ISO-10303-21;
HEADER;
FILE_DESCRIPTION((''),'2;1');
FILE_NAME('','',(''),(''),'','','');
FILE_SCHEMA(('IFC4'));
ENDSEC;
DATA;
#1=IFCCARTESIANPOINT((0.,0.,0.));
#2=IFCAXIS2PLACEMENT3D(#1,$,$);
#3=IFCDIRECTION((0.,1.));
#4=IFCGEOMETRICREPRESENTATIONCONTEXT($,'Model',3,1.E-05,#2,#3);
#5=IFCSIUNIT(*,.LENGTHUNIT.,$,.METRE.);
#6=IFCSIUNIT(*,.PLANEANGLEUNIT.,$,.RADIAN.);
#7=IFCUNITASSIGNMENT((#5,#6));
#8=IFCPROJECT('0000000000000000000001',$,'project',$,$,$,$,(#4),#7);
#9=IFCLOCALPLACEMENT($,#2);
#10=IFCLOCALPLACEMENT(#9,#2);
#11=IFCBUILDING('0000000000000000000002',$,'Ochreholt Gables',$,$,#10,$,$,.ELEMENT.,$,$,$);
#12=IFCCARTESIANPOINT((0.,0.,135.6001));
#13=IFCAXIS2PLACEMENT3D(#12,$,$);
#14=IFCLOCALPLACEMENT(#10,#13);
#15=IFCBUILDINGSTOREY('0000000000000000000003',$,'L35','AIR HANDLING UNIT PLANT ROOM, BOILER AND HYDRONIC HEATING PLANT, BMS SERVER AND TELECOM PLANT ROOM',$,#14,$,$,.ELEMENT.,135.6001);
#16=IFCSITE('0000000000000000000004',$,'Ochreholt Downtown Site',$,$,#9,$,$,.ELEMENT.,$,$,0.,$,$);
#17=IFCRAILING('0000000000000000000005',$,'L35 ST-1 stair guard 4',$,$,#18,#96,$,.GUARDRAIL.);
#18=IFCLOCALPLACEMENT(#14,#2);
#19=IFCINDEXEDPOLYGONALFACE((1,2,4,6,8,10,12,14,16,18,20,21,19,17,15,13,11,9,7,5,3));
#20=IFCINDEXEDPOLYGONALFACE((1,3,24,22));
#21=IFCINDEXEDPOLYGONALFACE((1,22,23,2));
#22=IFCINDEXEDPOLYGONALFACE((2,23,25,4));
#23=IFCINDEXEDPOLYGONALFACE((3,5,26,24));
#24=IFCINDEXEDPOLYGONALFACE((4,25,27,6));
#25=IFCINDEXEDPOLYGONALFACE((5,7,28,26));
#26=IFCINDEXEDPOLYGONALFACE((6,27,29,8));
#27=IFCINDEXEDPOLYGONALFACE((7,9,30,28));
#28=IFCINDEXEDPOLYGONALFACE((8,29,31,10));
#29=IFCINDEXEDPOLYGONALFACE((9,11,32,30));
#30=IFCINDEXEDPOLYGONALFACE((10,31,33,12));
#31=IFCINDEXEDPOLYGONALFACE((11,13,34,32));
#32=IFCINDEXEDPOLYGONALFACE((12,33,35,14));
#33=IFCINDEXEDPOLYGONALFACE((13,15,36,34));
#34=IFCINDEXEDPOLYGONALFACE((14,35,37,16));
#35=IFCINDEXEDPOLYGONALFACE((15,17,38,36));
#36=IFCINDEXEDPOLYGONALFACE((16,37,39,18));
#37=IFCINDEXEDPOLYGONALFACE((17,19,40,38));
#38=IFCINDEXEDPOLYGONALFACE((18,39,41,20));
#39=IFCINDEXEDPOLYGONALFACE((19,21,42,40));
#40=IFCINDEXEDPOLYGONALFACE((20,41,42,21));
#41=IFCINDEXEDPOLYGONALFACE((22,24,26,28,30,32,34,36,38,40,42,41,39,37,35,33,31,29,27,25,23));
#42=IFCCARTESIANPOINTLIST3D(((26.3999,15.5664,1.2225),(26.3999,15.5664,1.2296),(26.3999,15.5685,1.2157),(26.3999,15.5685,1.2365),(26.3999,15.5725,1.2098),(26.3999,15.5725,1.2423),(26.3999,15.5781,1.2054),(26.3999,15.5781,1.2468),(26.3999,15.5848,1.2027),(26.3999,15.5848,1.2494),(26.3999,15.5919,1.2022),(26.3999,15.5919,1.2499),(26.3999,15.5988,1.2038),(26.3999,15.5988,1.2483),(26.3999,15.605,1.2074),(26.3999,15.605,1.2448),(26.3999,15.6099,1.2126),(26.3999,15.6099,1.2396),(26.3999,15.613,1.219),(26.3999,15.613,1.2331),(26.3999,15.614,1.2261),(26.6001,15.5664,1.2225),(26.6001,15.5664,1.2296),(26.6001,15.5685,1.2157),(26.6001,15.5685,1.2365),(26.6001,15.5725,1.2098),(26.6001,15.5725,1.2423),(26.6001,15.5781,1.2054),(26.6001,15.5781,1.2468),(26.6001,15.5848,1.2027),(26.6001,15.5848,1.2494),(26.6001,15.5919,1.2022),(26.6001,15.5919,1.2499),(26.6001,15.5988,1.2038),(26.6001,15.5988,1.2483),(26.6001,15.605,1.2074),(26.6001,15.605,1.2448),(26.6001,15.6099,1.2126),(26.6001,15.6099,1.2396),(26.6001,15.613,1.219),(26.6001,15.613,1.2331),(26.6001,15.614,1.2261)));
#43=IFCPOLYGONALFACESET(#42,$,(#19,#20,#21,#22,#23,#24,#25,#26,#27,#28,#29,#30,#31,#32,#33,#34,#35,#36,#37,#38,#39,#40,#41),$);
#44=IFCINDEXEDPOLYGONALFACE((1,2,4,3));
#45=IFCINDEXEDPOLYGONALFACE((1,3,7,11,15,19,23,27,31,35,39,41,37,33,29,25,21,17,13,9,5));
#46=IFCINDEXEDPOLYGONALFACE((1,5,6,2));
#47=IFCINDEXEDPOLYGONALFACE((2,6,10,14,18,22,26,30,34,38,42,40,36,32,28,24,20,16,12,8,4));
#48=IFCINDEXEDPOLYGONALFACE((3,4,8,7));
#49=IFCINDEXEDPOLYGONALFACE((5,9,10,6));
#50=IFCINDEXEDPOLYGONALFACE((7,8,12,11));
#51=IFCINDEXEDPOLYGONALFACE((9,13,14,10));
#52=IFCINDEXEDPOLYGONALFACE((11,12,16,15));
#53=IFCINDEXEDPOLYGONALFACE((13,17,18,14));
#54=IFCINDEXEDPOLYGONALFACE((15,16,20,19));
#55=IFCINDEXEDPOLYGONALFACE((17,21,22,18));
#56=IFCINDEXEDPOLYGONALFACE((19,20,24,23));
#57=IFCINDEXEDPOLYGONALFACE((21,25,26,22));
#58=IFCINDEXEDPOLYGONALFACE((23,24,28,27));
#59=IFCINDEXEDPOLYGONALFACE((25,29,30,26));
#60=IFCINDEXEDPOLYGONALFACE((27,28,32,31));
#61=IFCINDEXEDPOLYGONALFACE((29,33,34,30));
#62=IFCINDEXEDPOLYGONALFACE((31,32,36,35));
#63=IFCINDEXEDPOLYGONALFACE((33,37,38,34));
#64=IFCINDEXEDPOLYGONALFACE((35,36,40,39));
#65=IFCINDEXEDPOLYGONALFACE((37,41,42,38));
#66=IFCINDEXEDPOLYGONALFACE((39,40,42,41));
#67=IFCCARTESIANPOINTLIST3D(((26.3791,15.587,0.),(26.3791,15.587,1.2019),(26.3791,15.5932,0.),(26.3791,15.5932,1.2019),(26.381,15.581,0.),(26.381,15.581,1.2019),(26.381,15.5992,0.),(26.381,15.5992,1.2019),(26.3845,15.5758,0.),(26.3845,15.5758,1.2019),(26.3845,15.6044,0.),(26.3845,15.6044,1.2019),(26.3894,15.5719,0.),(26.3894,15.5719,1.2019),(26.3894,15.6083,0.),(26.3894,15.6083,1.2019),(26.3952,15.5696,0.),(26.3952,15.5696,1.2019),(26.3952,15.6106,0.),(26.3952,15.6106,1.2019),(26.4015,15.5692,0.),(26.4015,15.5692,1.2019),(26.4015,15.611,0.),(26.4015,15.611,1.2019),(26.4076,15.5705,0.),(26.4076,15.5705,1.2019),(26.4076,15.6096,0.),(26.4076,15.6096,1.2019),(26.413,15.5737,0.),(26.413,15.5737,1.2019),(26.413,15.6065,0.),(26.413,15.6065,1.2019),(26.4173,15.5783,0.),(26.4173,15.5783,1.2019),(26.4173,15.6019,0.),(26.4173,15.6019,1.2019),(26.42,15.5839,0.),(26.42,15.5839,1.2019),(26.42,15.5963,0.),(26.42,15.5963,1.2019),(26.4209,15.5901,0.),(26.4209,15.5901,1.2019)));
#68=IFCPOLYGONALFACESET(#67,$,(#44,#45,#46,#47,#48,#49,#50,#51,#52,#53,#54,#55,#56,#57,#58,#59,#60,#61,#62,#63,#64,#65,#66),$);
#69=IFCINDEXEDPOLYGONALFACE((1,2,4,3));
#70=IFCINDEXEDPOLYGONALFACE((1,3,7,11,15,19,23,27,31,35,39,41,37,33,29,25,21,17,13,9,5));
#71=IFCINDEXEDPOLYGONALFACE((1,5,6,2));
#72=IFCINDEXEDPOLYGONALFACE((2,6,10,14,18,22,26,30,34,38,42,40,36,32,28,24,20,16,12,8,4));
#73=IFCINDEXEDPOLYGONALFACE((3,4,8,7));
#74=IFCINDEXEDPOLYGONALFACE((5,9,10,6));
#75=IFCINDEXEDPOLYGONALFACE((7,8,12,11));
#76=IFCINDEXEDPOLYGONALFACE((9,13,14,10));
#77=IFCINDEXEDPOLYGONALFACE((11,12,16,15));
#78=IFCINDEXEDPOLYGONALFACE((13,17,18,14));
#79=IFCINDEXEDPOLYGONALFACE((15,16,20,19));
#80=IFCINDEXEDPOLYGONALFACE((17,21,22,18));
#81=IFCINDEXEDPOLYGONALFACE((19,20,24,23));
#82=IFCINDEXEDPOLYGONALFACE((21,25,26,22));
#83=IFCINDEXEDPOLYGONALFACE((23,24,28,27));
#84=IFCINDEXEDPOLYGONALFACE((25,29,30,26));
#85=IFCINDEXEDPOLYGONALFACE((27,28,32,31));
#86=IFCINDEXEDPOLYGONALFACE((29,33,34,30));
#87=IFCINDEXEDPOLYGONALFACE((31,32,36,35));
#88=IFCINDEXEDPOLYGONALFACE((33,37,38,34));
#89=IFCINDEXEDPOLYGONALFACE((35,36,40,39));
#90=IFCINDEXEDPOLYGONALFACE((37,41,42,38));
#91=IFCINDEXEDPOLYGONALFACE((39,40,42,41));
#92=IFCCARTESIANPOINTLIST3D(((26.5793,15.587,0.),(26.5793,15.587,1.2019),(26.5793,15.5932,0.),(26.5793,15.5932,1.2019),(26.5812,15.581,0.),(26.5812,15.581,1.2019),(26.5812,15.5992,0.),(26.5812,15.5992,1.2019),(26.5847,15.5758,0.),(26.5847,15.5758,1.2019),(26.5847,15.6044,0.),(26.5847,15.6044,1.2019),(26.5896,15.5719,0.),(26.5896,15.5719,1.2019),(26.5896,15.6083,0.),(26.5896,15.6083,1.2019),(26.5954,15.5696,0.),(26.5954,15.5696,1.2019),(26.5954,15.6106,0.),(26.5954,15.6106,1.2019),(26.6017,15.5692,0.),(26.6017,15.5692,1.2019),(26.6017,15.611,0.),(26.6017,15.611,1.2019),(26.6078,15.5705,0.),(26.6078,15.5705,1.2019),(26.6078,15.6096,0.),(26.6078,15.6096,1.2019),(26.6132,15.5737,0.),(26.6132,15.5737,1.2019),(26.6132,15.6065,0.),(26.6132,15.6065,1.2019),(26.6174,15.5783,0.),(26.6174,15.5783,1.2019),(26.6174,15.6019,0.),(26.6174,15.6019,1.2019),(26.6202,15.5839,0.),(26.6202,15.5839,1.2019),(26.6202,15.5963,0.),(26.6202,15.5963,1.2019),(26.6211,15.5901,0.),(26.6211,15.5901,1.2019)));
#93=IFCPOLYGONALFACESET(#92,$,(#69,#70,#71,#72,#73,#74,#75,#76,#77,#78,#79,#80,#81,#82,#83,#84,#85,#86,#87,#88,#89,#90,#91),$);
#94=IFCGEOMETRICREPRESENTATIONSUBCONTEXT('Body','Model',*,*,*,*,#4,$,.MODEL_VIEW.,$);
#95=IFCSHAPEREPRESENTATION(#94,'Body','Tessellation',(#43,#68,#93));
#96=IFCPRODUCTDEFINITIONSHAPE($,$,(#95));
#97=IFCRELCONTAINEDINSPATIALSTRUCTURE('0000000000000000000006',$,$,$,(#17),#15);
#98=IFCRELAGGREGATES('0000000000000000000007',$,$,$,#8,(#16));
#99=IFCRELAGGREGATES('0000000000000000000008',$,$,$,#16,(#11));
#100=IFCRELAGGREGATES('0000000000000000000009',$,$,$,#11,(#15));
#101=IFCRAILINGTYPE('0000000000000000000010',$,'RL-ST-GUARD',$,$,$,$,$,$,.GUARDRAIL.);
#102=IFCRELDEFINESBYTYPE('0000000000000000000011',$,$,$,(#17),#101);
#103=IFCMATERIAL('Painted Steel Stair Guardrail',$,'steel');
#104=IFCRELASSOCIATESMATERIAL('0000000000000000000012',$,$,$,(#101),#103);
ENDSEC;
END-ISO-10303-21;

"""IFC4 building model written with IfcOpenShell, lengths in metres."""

from ifc_helpers import new_model, si_unit, direction, frame, origin, origin_2d, place, context, subcontext, project, spatial, circle, extrude, material, type_object, element, save


model = new_model("IFC4")

# Units and contexts
model_context = context("Model", 3, precision=1e-05, world=origin(), true_north=direction((0.0, 1.0)))
body_context = subcontext(model_context, "Body", "Model", "MODEL_VIEW")
ifc_project = project(units=[si_unit("LENGTHUNIT", "METRE"), si_unit("PLANEANGLEUNIT", "RADIAN")], contexts=[model_context])

# Site, building, storey
site_placement = place(None, origin())
site = spatial("IfcSite", under=ifc_project, at=site_placement, Name="Ochreholt Downtown Site", CompositionType="ELEMENT", RefElevation=0.0)
building_placement = place(site_placement, origin())
building = spatial("IfcBuilding", under=site, at=building_placement, Name="Ochreholt Gables", CompositionType="ELEMENT")
storey_placement = place(building_placement, frame((0.0, 0.0, 135.6001)))
storey = spatial("IfcBuildingStorey", under=building, at=storey_placement, Name="L35", Description="AIR HANDLING UNIT PLANT ROOM, BOILER AND HYDRONIC HEATING PLANT, BMS SERVER AND TELECOM PLANT ROOM", CompositionType="ELEMENT", Elevation=135.6001)

# Railing
ifc_material_1 = material(Name="Painted Steel Stair Guardrail", Category="steel")
railing_type_1 = type_object("IfcRailingType", Name="RL-ST-GUARD", PredefinedType="GUARDRAIL", material=ifc_material_1)
railing_1_placement = place(storey_placement, frame((26.3999, 15.5901, 0.0)))
element("IfcRailing", 1, at=railing_1_placement, inside=storey, type_object=railing_type_1, Name="L35 ST-1 stair guard 4", PredefinedType="GUARDRAIL", context=body_context, shape_type="SweptSolid", body=[
    extrude(circle(Radius=0.0239, at=origin_2d()), frame((0.0, 0.0, 1.2261), z_axis=(1.0, 0.0, 0.0), x_axis=(0.0, 1.0, 0.0)), (0.0, 0.0, 1.0), 0.2002),
    extrude(circle(Radius=0.021, at=origin_2d()), origin(), (0.0, 0.0, 1.0), 1.2019),
    extrude(circle(Radius=0.021, at=origin_2d()), frame((0.2002, 0.0, 0.0)), (0.0, 0.0, 1.0), 1.2019),
])

save(model, "model.ifc")
